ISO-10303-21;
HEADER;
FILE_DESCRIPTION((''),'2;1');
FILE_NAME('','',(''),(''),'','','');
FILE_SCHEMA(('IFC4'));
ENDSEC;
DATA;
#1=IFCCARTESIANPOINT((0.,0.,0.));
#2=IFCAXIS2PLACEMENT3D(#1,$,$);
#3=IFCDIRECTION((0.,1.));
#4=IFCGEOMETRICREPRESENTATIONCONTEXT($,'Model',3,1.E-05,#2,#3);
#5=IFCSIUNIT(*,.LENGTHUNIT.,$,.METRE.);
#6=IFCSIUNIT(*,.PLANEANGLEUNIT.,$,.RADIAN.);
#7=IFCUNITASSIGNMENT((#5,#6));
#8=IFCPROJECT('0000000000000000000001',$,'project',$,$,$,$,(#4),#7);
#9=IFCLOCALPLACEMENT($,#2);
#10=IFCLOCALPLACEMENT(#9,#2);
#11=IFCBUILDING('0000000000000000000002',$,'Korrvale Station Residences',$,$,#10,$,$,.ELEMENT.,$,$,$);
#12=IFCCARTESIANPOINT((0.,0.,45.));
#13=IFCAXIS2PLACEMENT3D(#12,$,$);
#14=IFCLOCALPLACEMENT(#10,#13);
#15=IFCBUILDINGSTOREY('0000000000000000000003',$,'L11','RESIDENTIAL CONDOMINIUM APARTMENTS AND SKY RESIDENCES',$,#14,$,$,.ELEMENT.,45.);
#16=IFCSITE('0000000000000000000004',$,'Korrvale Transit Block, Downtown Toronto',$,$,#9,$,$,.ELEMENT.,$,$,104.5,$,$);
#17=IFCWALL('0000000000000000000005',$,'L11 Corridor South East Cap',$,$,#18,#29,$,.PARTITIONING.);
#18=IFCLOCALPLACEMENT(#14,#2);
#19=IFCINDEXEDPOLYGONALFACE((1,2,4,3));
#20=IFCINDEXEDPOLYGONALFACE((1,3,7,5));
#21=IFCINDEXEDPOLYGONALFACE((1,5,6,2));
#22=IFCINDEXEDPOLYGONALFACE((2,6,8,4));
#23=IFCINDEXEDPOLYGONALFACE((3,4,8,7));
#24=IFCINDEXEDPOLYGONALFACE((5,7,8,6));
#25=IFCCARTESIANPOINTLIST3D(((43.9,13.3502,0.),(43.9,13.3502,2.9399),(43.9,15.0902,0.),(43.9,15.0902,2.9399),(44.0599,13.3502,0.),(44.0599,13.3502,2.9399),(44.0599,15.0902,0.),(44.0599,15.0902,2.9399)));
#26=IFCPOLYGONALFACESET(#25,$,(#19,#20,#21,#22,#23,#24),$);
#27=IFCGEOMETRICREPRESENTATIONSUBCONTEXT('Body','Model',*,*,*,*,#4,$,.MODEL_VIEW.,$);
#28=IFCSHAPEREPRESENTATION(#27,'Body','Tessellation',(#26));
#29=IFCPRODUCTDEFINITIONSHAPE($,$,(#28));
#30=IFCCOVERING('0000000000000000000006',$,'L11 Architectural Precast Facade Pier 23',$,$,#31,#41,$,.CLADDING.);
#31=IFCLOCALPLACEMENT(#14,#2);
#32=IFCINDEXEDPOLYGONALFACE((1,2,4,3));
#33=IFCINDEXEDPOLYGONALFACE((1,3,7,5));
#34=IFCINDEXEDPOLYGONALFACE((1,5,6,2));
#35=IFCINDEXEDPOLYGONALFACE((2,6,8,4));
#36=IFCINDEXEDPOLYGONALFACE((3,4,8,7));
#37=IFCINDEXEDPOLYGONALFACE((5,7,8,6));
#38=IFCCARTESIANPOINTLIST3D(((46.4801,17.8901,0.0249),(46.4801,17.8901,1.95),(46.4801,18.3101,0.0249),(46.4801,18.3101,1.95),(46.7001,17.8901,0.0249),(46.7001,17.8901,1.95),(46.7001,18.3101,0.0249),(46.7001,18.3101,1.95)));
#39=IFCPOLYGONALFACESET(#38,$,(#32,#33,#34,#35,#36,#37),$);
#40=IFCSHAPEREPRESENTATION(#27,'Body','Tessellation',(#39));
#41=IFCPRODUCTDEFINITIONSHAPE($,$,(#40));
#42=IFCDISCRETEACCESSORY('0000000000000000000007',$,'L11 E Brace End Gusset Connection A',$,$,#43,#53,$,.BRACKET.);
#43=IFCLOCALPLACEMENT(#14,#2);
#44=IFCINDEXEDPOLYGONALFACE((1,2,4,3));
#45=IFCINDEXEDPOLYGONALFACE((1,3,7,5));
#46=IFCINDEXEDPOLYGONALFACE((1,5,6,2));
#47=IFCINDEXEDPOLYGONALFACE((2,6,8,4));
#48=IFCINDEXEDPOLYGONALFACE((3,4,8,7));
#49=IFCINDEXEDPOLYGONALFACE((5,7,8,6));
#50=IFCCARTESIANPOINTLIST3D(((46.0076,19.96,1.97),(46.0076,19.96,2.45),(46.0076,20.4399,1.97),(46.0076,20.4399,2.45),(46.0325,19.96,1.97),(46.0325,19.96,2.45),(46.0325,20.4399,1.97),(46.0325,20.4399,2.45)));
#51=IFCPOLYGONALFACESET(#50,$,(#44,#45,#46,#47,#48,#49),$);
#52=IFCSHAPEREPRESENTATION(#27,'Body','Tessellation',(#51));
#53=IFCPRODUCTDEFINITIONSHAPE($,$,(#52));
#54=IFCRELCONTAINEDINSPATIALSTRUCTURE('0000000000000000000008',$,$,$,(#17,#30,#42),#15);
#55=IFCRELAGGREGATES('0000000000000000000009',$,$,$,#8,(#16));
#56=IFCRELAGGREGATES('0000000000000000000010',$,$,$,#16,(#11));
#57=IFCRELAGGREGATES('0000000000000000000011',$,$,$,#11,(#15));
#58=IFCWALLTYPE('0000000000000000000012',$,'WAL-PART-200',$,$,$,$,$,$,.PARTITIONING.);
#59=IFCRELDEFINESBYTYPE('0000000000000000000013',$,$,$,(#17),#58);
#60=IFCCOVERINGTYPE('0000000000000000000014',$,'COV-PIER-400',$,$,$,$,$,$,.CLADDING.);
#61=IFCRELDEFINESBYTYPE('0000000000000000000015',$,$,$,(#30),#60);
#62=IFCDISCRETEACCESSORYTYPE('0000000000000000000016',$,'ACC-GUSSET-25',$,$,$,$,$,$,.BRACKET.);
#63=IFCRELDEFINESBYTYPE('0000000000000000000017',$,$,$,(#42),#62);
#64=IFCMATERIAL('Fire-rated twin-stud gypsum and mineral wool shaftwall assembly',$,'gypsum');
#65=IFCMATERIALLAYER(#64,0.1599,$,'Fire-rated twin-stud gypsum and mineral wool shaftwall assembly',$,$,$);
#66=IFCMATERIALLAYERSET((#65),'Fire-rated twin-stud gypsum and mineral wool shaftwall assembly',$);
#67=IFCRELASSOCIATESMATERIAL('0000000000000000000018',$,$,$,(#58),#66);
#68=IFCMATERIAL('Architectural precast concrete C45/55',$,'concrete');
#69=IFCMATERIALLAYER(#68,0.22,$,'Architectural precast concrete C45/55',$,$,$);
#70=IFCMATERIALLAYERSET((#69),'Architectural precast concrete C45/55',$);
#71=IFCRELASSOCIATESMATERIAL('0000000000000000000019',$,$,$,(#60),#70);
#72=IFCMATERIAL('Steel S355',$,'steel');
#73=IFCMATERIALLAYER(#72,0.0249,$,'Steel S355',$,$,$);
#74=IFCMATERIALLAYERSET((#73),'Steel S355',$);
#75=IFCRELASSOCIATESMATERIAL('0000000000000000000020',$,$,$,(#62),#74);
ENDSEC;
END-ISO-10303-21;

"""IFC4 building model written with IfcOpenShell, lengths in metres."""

from ifc_helpers import new_model, si_unit, direction, frame, frame_2d, origin, origin_2d, place, context, subcontext, project, spatial, rectangle, extrude, material, layer, layer_set, type_object, element, save


model = new_model("IFC4")

# Units and contexts
model_context = context("Model", 3, precision=1e-05, world=origin(), true_north=direction((0.0, 1.0)))
body_context = subcontext(model_context, "Body", "Model", "MODEL_VIEW")
ifc_project = project(units=[si_unit("LENGTHUNIT", "METRE"), si_unit("PLANEANGLEUNIT", "RADIAN")], contexts=[model_context])

# Site, building, storey
site_placement = place(None, origin())
site = spatial("IfcSite", under=ifc_project, at=site_placement, Name="Korrvale Transit Block, Downtown Toronto", CompositionType="ELEMENT", RefElevation=104.5)
building_placement = place(site_placement, origin())
building = spatial("IfcBuilding", under=site, at=building_placement, Name="Korrvale Station Residences", CompositionType="ELEMENT")
storey_placement = place(building_placement, frame((0.0, 0.0, 45.0)))
storey = spatial("IfcBuildingStorey", under=building, at=storey_placement, Name="L11", Description="RESIDENTIAL CONDOMINIUM APARTMENTS AND SKY RESIDENCES", CompositionType="ELEMENT", Elevation=45.0)

# Wall
ifc_material_1 = material(Name="Fire-rated twin-stud gypsum and mineral wool shaftwall assembly", Category="gypsum")
ifc_layer_1 = layer(ifc_material_1, 0.1599, Name="Fire-rated twin-stud gypsum and mineral wool shaftwall assembly")
ifc_layer_set_1 = layer_set([ifc_layer_1], Name="Fire-rated twin-stud gypsum and mineral wool shaftwall assembly")
wall_type_1 = type_object("IfcWallType", Name="WAL-PART-200", PredefinedType="PARTITIONING", material=ifc_layer_set_1)
wall_1_placement = place(storey_placement, frame((43.98, 13.3501, 0.0), z_axis=(0.0, 0.0, 1.0), x_axis=(0.0, 1.0, 0.0)))
element("IfcWall", 1, at=wall_1_placement, inside=storey, type_object=wall_type_1, Name="L11 Corridor South East Cap", PredefinedType="PARTITIONING", context=body_context, shape_type="SweptSolid", body=[
    extrude(rectangle(XDim=1.74, YDim=0.1599, at=frame_2d((0.8701, 0.0))), origin(), (0.0, 0.0, 1.0), 2.9399),
])

# Covering
ifc_material_2 = material(Name="Architectural precast concrete C45/55", Category="concrete")
ifc_layer_2 = layer(ifc_material_2, 0.22, Name="Architectural precast concrete C45/55")
ifc_layer_set_2 = layer_set([ifc_layer_2], Name="Architectural precast concrete C45/55")
covering_type = type_object("IfcCoveringType", Name="COV-PIER-400", PredefinedType="CLADDING", material=ifc_layer_set_2)
covering_placement = place(storey_placement, frame((46.5901, 18.1001, 0.0249), z_axis=(0.0, 0.0, 1.0), x_axis=(0.0, 1.0, 0.0)))
element("IfcCovering", 2, at=covering_placement, inside=storey, type_object=covering_type, Name="L11 Architectural Precast Facade Pier 23", PredefinedType="CLADDING", context=body_context, shape_type="SweptSolid", body=[
    extrude(rectangle(XDim=0.4199, YDim=0.22, at=origin_2d()), origin(), (0.0, 0.0, 1.0), 1.925),
])

# Discrete accessory
ifc_material_3 = material(Name="Steel S355", Category="steel")
ifc_layer_3 = layer(ifc_material_3, 0.0249, Name="Steel S355")
ifc_layer_set_3 = layer_set([ifc_layer_3], Name="Steel S355")
discrete_accessory_type = type_object("IfcDiscreteAccessoryType", Name="ACC-GUSSET-25", PredefinedType="BRACKET", material=ifc_layer_set_3)
discrete_accessory_placement = place(storey_placement, frame((46.02, 20.2, 1.97), z_axis=(0.0, 0.0, 1.0), x_axis=(0.0, 1.0, 0.0)))
element("IfcDiscreteAccessory", 3, at=discrete_accessory_placement, inside=storey, type_object=discrete_accessory_type, Name="L11 E Brace End Gusset Connection A", PredefinedType="BRACKET", context=body_context, shape_type="SweptSolid", body=[
    extrude(rectangle(XDim=0.48, YDim=0.0249, at=origin_2d()), origin(), (0.0, 0.0, 1.0), 0.48),
])

save(model, "model.ifc")
